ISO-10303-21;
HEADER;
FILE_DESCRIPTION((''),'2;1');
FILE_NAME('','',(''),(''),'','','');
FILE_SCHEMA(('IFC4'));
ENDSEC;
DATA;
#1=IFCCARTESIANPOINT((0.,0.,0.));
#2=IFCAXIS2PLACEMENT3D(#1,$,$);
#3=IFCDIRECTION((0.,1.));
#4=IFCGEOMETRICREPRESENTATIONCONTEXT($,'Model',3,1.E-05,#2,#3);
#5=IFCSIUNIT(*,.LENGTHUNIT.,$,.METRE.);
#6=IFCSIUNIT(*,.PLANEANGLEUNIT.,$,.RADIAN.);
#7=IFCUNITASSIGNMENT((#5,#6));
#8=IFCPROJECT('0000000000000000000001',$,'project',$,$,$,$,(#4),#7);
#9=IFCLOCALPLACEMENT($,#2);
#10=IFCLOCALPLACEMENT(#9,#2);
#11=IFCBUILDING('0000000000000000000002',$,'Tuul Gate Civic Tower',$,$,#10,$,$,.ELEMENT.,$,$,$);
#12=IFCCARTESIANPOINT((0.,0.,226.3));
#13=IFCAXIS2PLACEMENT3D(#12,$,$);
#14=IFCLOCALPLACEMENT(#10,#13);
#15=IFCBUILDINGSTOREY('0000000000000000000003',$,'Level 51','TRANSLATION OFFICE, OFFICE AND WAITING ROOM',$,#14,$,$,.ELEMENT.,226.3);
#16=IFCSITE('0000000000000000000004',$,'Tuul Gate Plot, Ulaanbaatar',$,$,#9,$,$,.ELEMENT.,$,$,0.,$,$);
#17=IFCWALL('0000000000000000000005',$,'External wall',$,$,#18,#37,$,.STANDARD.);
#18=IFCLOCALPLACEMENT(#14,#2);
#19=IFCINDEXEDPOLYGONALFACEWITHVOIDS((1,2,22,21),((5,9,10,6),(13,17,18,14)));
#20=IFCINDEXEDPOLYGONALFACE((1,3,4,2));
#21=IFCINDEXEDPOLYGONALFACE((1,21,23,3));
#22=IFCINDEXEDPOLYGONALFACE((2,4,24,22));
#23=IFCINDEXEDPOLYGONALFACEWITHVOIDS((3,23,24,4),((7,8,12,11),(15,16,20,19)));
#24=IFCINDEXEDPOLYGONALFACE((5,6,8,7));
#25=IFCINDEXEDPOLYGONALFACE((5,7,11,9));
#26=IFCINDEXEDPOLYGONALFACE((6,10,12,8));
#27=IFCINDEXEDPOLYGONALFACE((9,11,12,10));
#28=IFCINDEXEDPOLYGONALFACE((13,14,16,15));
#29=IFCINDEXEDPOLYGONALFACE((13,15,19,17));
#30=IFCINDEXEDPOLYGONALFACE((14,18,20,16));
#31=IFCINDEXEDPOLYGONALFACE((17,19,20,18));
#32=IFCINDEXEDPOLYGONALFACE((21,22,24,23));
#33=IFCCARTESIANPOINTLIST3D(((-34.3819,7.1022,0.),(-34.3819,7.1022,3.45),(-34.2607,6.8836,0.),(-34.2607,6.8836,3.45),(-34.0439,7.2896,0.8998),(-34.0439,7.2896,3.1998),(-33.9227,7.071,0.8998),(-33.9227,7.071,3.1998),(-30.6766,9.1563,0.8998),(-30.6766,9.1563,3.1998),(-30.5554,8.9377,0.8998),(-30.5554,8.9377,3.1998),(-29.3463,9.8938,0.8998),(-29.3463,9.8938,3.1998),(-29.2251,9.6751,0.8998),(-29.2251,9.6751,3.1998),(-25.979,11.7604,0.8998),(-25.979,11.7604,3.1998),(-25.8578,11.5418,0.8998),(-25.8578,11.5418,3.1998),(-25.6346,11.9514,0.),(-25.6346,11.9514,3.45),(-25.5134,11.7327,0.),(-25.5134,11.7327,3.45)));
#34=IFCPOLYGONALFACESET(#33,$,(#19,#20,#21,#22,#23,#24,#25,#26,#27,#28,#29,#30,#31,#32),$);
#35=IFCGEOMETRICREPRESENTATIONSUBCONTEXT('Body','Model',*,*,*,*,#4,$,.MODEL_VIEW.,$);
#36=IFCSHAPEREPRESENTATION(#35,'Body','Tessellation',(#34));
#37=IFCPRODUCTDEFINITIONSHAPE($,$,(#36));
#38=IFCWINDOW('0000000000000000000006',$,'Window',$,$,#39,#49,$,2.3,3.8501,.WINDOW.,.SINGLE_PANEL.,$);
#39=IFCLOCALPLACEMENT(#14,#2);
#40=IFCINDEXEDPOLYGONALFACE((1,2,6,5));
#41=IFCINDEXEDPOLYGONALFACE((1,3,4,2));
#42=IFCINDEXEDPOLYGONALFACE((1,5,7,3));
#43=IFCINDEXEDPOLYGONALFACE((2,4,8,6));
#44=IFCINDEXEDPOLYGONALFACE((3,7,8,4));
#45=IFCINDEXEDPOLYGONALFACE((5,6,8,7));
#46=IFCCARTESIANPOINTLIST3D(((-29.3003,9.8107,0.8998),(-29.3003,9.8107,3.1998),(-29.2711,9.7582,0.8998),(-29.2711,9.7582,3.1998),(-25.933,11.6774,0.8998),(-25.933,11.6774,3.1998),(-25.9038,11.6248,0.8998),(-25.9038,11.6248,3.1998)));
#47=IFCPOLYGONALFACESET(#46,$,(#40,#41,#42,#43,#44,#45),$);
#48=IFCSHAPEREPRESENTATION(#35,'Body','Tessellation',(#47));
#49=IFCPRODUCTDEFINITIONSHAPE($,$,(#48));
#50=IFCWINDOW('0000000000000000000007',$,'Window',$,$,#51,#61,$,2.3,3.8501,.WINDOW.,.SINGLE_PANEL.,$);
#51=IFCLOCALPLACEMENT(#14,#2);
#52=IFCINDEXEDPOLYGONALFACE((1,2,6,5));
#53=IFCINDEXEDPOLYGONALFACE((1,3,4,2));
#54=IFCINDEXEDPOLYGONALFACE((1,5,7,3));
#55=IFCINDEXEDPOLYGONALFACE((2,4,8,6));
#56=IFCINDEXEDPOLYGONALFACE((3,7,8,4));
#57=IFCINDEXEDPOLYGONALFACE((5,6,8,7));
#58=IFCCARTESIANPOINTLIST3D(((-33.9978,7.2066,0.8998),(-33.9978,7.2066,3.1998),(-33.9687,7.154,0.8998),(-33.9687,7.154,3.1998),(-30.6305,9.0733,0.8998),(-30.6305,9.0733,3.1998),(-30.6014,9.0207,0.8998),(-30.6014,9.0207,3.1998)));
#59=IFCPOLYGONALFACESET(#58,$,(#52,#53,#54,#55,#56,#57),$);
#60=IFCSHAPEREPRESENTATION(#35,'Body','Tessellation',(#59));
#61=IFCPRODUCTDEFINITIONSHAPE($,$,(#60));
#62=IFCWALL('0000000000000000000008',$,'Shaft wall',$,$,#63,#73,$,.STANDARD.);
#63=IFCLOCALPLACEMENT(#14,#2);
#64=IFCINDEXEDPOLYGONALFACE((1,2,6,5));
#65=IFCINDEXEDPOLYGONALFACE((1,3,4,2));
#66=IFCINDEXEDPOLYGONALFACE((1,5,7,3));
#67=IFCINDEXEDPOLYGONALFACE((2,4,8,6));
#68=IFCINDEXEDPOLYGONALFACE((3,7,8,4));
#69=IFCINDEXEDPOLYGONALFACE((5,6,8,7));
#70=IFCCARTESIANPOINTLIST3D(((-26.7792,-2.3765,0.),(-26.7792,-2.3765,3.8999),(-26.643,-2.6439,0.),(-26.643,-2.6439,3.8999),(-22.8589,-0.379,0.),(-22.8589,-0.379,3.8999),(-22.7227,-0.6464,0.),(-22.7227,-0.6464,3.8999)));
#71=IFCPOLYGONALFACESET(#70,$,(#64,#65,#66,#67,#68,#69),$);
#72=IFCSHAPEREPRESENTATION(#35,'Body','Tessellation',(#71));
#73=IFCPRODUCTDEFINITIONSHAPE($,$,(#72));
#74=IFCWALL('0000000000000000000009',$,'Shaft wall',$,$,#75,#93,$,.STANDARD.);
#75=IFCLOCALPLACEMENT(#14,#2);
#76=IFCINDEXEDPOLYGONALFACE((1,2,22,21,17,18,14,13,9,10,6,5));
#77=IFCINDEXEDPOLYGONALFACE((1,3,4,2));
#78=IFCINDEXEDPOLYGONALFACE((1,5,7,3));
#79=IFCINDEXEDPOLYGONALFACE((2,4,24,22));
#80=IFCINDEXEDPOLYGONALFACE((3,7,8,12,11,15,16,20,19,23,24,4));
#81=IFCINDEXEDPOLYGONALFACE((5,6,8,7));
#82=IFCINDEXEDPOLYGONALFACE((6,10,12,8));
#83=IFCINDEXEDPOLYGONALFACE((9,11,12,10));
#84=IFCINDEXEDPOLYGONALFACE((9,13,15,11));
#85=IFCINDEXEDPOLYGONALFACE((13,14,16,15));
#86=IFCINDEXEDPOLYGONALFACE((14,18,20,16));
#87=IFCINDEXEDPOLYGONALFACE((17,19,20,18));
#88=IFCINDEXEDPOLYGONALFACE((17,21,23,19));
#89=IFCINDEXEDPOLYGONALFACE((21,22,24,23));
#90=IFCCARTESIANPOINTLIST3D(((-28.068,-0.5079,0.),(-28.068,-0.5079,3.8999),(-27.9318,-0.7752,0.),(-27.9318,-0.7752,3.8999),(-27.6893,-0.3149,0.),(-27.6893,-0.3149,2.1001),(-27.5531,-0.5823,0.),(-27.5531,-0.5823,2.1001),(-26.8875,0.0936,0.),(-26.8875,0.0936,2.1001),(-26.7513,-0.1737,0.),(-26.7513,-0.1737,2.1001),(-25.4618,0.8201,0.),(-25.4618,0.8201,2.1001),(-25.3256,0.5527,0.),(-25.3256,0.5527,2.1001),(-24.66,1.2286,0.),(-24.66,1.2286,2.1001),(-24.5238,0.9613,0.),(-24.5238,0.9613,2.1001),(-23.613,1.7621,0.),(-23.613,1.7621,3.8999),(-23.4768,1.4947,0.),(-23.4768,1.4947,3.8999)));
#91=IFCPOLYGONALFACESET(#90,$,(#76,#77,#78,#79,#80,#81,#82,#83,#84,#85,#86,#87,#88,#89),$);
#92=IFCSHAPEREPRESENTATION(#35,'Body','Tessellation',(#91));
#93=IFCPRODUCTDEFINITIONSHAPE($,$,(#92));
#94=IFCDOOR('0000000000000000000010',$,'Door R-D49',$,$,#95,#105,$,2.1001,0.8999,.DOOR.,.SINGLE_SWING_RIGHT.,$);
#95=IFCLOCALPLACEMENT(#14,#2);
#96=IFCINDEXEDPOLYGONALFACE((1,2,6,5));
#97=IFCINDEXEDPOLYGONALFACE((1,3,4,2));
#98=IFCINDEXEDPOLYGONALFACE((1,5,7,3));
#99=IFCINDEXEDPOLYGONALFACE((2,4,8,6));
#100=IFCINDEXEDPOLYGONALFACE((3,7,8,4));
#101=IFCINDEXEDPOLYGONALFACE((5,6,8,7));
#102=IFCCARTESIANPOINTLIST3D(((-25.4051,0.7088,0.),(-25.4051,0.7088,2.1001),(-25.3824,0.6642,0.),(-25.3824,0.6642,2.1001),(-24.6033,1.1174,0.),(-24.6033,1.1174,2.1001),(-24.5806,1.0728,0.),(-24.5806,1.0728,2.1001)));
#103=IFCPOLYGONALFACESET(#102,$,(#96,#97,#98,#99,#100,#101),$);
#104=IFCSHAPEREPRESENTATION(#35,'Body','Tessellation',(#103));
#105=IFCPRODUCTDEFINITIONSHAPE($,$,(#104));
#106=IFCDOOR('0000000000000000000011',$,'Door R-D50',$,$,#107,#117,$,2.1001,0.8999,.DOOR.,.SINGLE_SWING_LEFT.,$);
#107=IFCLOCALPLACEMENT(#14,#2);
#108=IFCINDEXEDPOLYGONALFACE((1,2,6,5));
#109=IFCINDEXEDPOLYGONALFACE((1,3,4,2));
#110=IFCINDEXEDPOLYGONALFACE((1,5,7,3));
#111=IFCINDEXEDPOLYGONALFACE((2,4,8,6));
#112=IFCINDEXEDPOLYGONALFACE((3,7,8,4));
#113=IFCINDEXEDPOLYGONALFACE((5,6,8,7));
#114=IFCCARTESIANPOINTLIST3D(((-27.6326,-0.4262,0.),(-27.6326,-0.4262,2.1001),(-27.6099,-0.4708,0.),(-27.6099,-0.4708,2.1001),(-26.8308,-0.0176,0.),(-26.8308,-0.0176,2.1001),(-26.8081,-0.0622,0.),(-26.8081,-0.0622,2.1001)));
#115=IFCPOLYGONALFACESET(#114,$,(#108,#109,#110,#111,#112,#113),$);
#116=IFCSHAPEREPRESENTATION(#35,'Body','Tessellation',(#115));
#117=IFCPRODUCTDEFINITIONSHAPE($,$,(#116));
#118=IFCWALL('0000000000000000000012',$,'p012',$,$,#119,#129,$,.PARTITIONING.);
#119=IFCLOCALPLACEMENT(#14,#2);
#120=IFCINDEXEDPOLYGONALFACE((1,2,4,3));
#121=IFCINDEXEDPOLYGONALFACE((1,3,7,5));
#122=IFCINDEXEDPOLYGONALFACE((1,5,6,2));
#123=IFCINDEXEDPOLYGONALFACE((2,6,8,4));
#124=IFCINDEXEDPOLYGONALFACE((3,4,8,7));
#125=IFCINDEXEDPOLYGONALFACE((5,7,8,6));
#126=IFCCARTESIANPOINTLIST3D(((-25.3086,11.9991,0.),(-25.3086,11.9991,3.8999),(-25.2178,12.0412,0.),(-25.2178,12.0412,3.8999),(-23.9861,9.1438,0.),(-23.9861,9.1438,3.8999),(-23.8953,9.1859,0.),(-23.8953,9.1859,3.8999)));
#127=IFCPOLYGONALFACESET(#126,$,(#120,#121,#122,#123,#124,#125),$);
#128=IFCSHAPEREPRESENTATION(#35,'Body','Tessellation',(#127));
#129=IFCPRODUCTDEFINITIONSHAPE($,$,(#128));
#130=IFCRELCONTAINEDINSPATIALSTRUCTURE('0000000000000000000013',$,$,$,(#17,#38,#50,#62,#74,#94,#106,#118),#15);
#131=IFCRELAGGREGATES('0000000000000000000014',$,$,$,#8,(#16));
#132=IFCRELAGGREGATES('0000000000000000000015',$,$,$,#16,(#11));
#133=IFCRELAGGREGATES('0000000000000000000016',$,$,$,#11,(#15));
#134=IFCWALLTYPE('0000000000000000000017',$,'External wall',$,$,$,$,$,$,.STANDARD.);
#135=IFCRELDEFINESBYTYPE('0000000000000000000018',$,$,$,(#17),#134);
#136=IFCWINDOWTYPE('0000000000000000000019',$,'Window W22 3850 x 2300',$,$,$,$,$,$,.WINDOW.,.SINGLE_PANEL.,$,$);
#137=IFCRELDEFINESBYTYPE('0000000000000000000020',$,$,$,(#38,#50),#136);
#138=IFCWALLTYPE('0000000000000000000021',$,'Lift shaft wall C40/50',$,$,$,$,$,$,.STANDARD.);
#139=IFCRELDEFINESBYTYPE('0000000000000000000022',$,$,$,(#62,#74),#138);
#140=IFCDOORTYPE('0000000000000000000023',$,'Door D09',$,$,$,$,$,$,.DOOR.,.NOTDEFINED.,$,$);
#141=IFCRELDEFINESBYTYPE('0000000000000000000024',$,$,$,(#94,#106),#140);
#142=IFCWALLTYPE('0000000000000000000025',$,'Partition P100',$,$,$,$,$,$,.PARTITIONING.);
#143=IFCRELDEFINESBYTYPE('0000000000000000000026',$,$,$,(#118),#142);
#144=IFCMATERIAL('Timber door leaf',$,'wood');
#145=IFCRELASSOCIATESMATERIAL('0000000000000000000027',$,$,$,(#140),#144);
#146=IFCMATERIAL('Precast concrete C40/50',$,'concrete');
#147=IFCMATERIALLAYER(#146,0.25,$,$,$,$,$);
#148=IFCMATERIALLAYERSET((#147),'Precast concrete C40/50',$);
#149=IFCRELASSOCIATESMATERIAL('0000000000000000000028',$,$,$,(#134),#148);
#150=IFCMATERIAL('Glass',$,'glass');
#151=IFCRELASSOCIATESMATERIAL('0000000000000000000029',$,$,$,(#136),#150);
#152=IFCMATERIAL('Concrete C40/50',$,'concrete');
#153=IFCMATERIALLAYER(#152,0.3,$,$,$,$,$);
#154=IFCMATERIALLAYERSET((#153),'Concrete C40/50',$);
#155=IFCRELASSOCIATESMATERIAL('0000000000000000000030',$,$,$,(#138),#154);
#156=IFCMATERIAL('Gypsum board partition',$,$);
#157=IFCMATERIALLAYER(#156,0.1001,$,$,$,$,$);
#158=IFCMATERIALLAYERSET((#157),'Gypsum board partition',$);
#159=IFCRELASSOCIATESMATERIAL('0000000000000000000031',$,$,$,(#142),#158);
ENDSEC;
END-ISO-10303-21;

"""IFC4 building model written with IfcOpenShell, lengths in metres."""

from ifc_helpers import new_model, si_unit, direction, frame, frame_2d, origin, place, context, subcontext, project, spatial, rectangle, extrude, material, layer, layer_set, type_object, element, fill, save


model = new_model("IFC4")

# Units and contexts
model_context = context("Model", 3, precision=1e-05, world=origin(), true_north=direction((0.0, 1.0)))
body_context = subcontext(model_context, "Body", "Model", "MODEL_VIEW")
ifc_project = project(units=[si_unit("LENGTHUNIT", "METRE"), si_unit("PLANEANGLEUNIT", "RADIAN")], contexts=[model_context])

# Site, building, storey
site_placement = place(None, origin())
site = spatial("IfcSite", under=ifc_project, at=site_placement, Name="Tuul Gate Plot, Ulaanbaatar", CompositionType="ELEMENT", RefElevation=0.0)
building_placement = place(site_placement, origin())
building = spatial("IfcBuilding", under=site, at=building_placement, Name="Tuul Gate Civic Tower", CompositionType="ELEMENT")
storey_placement = place(building_placement, frame((0.0, 0.0, 226.3)))
storey = spatial("IfcBuildingStorey", under=building, at=storey_placement, Name="Level 51", Description="TRANSLATION OFFICE, OFFICE AND WAITING ROOM", CompositionType="ELEMENT", Elevation=226.3)

# Shared definitions
ifc_material_1 = material(Name="Timber door leaf", Category="wood")
door_type_1 = type_object("IfcDoorType", Name="Door D09", OperationType="NOTDEFINED", PredefinedType="DOOR", material=ifc_material_1)

# Wall, openings, windows
ifc_material_2 = material(Name="Precast concrete C40/50", Category="concrete")
ifc_layer_1 = layer(ifc_material_2, 0.25)
ifc_layer_set_1 = layer_set([ifc_layer_1], Name="Precast concrete C40/50")
wall_type_1 = type_object("IfcWallType", Name="External wall", PredefinedType="STANDARD", material=ifc_layer_set_1)
wall_1_placement = place(storey_placement, frame((-25.574, 11.842, 0.0), z_axis=(0.0, 0.0, 1.0), x_axis=(-0.874603, -0.484841, 0.0)))
wall_1 = element("IfcWall", 1, at=wall_1_placement, inside=storey, type_object=wall_type_1, Name="External wall", PredefinedType="STANDARD", context=body_context, shape_type="SweptSolid", body=[
    extrude(rectangle(XDim=10.0015, YDim=0.25, at=frame_2d((5.0007, 0.0))), origin(), (0.0, 0.0, 1.0), 3.45),
])
opening_1_placement = place(wall_1_placement, frame((0.3938, 0.0, 0.8999)))
opening_1 = element("IfcOpeningElement", 2, at=opening_1_placement, cuts=wall_1, PredefinedType="OPENING", context=body_context, shape_type="SweptSolid", body=[
    extrude(rectangle(XDim=3.8501, YDim=2.3, at=frame_2d((1.925, 1.1499))), frame((0.0, 0.135, 0.0), z_axis=(0.0, -1.0, 0.0), x_axis=(1.0, 0.0, 0.0)), (0.0, 0.0, 1.0), 0.27),
])
opening_2_placement = place(wall_1_placement, frame((5.7649, 0.0, 0.8999)))
opening_2 = element("IfcOpeningElement", 3, at=opening_2_placement, cuts=wall_1, PredefinedType="OPENING", context=body_context, shape_type="SweptSolid", body=[
    extrude(rectangle(XDim=3.8501, YDim=2.3, at=frame_2d((1.925, 1.1499))), frame((0.0, 0.135, 0.0), z_axis=(0.0, -1.0, 0.0), x_axis=(1.0, 0.0, 0.0)), (0.0, 0.0, 1.0), 0.27),
])
ifc_material_3 = material(Name="Glass", Category="glass")
window_type = type_object("IfcWindowType", Name="Window W22 3850 x 2300", PartitioningType="SINGLE_PANEL", PredefinedType="WINDOW", material=ifc_material_3)
window_1_placement = place(opening_1_placement, origin())
window_1 = element("IfcWindow", 4, at=window_1_placement, inside=storey, type_object=window_type, Name="Window", OverallHeight=2.3, OverallWidth=3.8501, PartitioningType="SINGLE_PANEL", PredefinedType="WINDOW", context=body_context, shape_type="SweptSolid", body=[
    extrude(rectangle(XDim=3.8501, YDim=2.3, at=frame_2d((1.925, 1.1499))), frame((0.0, 0.03, 0.0), z_axis=(0.0, -1.0, 0.0), x_axis=(1.0, 0.0, 0.0)), (0.0, 0.0, 1.0), 0.0601),
])
fill(opening_1, window_1)
window_2_placement = place(opening_2_placement, origin())
window_2 = element("IfcWindow", 5, at=window_2_placement, inside=storey, type_object=window_type, Name="Window", OverallHeight=2.3, OverallWidth=3.8501, PartitioningType="SINGLE_PANEL", PredefinedType="WINDOW", context=body_context, shape_type="SweptSolid", body=[
    extrude(rectangle(XDim=3.8501, YDim=2.3, at=frame_2d((1.925, 1.1499))), frame((0.0, 0.03, 0.0), z_axis=(0.0, -1.0, 0.0), x_axis=(1.0, 0.0, 0.0)), (0.0, 0.0, 1.0), 0.0601),
])
fill(opening_2, window_2)

# Wall
ifc_material_4 = material(Name="Concrete C40/50", Category="concrete")
ifc_layer_2 = layer(ifc_material_4, 0.3)
ifc_layer_set_2 = layer_set([ifc_layer_2], Name="Concrete C40/50")
wall_type_2 = type_object("IfcWallType", Name="Lift shaft wall C40/50", PredefinedType="STANDARD", material=ifc_layer_set_2)
wall_2_placement = place(storey_placement, frame((-22.7908, -0.5127, 0.0), z_axis=(0.0, 0.0, 1.0), x_axis=(-0.891006, -0.453992, 0.0)))
element("IfcWall", 6, at=wall_2_placement, inside=storey, type_object=wall_type_2, Name="Shaft wall", PredefinedType="STANDARD", context=body_context, shape_type="SweptSolid", body=[
    extrude(rectangle(XDim=4.3999, YDim=0.3, at=frame_2d((2.2, 0.0))), origin(), (0.0, 0.0, 1.0), 3.8999),
])

# Wall, openings, doors
wall_3_placement = place(storey_placement, frame((-23.5449, 1.6284, 0.0), z_axis=(0.0, 0.0, 1.0), x_axis=(-0.891003, -0.453997, 0.0)))
wall_3 = element("IfcWall", 7, at=wall_3_placement, inside=storey, type_object=wall_type_2, Name="Shaft wall", PredefinedType="STANDARD", context=body_context, shape_type="SweptSolid", body=[
    extrude(rectangle(XDim=5.0, YDim=0.3, at=frame_2d((2.5, 0.0))), origin(), (0.0, 0.0, 1.0), 3.8999),
])
opening_3_placement = place(wall_3_placement, frame((1.175, 0.0, 0.0)))
opening_3 = element("IfcOpeningElement", 8, at=opening_3_placement, cuts=wall_3, PredefinedType="OPENING", context=body_context, shape_type="SweptSolid", body=[
    extrude(rectangle(XDim=0.8999, YDim=2.1001, at=frame_2d((0.45, 1.05))), frame((0.0, 0.1602, 0.0), z_axis=(0.0, -1.0, 0.0), x_axis=(1.0, 0.0, 0.0)), (0.0, 0.0, 1.0), 0.3201),
])
opening_4_placement = place(wall_3_placement, frame((3.675, 0.0, 0.0)))
opening_4 = element("IfcOpeningElement", 9, at=opening_4_placement, cuts=wall_3, PredefinedType="OPENING", context=body_context, shape_type="SweptSolid", body=[
    extrude(rectangle(XDim=0.8999, YDim=2.1001, at=frame_2d((0.45, 1.05))), frame((0.0, 0.1602, 0.0), z_axis=(0.0, -1.0, 0.0), x_axis=(1.0, 0.0, 0.0)), (0.0, 0.0, 1.0), 0.3201),
])
door_1_placement = place(opening_3_placement, origin())
door_1 = element("IfcDoor", 10, at=door_1_placement, inside=storey, type_object=door_type_1, Name="Door R-D49", OperationType="SINGLE_SWING_RIGHT", OverallHeight=2.1001, OverallWidth=0.8999, PredefinedType="DOOR", context=body_context, shape_type="SweptSolid", body=[
    extrude(rectangle(XDim=0.8999, YDim=2.1001, at=frame_2d((0.45, 1.05))), frame((0.0, 0.0249, 0.0), z_axis=(0.0, -1.0, 0.0), x_axis=(1.0, 0.0, 0.0)), (0.0, 0.0, 1.0), 0.05),
])
fill(opening_3, door_1)
door_2_placement = place(opening_4_placement, origin())
door_2 = element("IfcDoor", 11, at=door_2_placement, inside=storey, type_object=door_type_1, Name="Door R-D50", OperationType="SINGLE_SWING_LEFT", OverallHeight=2.1001, OverallWidth=0.8999, PredefinedType="DOOR", context=body_context, shape_type="SweptSolid", body=[
    extrude(rectangle(XDim=0.8999, YDim=2.1001, at=frame_2d((0.45, 1.05))), frame((0.0, 0.0249, 0.0), z_axis=(0.0, -1.0, 0.0), x_axis=(1.0, 0.0, 0.0)), (0.0, 0.0, 1.0), 0.05),
])
fill(opening_4, door_2)

# Wall
ifc_material_5 = material(Name="Gypsum board partition")
ifc_layer_3 = layer(ifc_material_5, 0.1001)
ifc_layer_set_3 = layer_set([ifc_layer_3], Name="Gypsum board partition")
wall_type_3 = type_object("IfcWallType", Name="Partition P100", PredefinedType="PARTITIONING", material=ifc_layer_set_3)
wall_4_placement = place(storey_placement, frame((-25.2632, 12.02, 0.0), z_axis=(0.0, 0.0, 1.0), x_axis=(0.420293, -0.907389, 0.0)))
element("IfcWall", 12, at=wall_4_placement, inside=storey, type_object=wall_type_3, Name="p012", PredefinedType="PARTITIONING", context=body_context, shape_type="SweptSolid", body=[
    extrude(rectangle(XDim=3.1467, YDim=0.1001, at=frame_2d((1.5732, 0.0))), origin(), (0.0, 0.0, 1.0), 3.8999),
])

save(model, "model.ifc")
